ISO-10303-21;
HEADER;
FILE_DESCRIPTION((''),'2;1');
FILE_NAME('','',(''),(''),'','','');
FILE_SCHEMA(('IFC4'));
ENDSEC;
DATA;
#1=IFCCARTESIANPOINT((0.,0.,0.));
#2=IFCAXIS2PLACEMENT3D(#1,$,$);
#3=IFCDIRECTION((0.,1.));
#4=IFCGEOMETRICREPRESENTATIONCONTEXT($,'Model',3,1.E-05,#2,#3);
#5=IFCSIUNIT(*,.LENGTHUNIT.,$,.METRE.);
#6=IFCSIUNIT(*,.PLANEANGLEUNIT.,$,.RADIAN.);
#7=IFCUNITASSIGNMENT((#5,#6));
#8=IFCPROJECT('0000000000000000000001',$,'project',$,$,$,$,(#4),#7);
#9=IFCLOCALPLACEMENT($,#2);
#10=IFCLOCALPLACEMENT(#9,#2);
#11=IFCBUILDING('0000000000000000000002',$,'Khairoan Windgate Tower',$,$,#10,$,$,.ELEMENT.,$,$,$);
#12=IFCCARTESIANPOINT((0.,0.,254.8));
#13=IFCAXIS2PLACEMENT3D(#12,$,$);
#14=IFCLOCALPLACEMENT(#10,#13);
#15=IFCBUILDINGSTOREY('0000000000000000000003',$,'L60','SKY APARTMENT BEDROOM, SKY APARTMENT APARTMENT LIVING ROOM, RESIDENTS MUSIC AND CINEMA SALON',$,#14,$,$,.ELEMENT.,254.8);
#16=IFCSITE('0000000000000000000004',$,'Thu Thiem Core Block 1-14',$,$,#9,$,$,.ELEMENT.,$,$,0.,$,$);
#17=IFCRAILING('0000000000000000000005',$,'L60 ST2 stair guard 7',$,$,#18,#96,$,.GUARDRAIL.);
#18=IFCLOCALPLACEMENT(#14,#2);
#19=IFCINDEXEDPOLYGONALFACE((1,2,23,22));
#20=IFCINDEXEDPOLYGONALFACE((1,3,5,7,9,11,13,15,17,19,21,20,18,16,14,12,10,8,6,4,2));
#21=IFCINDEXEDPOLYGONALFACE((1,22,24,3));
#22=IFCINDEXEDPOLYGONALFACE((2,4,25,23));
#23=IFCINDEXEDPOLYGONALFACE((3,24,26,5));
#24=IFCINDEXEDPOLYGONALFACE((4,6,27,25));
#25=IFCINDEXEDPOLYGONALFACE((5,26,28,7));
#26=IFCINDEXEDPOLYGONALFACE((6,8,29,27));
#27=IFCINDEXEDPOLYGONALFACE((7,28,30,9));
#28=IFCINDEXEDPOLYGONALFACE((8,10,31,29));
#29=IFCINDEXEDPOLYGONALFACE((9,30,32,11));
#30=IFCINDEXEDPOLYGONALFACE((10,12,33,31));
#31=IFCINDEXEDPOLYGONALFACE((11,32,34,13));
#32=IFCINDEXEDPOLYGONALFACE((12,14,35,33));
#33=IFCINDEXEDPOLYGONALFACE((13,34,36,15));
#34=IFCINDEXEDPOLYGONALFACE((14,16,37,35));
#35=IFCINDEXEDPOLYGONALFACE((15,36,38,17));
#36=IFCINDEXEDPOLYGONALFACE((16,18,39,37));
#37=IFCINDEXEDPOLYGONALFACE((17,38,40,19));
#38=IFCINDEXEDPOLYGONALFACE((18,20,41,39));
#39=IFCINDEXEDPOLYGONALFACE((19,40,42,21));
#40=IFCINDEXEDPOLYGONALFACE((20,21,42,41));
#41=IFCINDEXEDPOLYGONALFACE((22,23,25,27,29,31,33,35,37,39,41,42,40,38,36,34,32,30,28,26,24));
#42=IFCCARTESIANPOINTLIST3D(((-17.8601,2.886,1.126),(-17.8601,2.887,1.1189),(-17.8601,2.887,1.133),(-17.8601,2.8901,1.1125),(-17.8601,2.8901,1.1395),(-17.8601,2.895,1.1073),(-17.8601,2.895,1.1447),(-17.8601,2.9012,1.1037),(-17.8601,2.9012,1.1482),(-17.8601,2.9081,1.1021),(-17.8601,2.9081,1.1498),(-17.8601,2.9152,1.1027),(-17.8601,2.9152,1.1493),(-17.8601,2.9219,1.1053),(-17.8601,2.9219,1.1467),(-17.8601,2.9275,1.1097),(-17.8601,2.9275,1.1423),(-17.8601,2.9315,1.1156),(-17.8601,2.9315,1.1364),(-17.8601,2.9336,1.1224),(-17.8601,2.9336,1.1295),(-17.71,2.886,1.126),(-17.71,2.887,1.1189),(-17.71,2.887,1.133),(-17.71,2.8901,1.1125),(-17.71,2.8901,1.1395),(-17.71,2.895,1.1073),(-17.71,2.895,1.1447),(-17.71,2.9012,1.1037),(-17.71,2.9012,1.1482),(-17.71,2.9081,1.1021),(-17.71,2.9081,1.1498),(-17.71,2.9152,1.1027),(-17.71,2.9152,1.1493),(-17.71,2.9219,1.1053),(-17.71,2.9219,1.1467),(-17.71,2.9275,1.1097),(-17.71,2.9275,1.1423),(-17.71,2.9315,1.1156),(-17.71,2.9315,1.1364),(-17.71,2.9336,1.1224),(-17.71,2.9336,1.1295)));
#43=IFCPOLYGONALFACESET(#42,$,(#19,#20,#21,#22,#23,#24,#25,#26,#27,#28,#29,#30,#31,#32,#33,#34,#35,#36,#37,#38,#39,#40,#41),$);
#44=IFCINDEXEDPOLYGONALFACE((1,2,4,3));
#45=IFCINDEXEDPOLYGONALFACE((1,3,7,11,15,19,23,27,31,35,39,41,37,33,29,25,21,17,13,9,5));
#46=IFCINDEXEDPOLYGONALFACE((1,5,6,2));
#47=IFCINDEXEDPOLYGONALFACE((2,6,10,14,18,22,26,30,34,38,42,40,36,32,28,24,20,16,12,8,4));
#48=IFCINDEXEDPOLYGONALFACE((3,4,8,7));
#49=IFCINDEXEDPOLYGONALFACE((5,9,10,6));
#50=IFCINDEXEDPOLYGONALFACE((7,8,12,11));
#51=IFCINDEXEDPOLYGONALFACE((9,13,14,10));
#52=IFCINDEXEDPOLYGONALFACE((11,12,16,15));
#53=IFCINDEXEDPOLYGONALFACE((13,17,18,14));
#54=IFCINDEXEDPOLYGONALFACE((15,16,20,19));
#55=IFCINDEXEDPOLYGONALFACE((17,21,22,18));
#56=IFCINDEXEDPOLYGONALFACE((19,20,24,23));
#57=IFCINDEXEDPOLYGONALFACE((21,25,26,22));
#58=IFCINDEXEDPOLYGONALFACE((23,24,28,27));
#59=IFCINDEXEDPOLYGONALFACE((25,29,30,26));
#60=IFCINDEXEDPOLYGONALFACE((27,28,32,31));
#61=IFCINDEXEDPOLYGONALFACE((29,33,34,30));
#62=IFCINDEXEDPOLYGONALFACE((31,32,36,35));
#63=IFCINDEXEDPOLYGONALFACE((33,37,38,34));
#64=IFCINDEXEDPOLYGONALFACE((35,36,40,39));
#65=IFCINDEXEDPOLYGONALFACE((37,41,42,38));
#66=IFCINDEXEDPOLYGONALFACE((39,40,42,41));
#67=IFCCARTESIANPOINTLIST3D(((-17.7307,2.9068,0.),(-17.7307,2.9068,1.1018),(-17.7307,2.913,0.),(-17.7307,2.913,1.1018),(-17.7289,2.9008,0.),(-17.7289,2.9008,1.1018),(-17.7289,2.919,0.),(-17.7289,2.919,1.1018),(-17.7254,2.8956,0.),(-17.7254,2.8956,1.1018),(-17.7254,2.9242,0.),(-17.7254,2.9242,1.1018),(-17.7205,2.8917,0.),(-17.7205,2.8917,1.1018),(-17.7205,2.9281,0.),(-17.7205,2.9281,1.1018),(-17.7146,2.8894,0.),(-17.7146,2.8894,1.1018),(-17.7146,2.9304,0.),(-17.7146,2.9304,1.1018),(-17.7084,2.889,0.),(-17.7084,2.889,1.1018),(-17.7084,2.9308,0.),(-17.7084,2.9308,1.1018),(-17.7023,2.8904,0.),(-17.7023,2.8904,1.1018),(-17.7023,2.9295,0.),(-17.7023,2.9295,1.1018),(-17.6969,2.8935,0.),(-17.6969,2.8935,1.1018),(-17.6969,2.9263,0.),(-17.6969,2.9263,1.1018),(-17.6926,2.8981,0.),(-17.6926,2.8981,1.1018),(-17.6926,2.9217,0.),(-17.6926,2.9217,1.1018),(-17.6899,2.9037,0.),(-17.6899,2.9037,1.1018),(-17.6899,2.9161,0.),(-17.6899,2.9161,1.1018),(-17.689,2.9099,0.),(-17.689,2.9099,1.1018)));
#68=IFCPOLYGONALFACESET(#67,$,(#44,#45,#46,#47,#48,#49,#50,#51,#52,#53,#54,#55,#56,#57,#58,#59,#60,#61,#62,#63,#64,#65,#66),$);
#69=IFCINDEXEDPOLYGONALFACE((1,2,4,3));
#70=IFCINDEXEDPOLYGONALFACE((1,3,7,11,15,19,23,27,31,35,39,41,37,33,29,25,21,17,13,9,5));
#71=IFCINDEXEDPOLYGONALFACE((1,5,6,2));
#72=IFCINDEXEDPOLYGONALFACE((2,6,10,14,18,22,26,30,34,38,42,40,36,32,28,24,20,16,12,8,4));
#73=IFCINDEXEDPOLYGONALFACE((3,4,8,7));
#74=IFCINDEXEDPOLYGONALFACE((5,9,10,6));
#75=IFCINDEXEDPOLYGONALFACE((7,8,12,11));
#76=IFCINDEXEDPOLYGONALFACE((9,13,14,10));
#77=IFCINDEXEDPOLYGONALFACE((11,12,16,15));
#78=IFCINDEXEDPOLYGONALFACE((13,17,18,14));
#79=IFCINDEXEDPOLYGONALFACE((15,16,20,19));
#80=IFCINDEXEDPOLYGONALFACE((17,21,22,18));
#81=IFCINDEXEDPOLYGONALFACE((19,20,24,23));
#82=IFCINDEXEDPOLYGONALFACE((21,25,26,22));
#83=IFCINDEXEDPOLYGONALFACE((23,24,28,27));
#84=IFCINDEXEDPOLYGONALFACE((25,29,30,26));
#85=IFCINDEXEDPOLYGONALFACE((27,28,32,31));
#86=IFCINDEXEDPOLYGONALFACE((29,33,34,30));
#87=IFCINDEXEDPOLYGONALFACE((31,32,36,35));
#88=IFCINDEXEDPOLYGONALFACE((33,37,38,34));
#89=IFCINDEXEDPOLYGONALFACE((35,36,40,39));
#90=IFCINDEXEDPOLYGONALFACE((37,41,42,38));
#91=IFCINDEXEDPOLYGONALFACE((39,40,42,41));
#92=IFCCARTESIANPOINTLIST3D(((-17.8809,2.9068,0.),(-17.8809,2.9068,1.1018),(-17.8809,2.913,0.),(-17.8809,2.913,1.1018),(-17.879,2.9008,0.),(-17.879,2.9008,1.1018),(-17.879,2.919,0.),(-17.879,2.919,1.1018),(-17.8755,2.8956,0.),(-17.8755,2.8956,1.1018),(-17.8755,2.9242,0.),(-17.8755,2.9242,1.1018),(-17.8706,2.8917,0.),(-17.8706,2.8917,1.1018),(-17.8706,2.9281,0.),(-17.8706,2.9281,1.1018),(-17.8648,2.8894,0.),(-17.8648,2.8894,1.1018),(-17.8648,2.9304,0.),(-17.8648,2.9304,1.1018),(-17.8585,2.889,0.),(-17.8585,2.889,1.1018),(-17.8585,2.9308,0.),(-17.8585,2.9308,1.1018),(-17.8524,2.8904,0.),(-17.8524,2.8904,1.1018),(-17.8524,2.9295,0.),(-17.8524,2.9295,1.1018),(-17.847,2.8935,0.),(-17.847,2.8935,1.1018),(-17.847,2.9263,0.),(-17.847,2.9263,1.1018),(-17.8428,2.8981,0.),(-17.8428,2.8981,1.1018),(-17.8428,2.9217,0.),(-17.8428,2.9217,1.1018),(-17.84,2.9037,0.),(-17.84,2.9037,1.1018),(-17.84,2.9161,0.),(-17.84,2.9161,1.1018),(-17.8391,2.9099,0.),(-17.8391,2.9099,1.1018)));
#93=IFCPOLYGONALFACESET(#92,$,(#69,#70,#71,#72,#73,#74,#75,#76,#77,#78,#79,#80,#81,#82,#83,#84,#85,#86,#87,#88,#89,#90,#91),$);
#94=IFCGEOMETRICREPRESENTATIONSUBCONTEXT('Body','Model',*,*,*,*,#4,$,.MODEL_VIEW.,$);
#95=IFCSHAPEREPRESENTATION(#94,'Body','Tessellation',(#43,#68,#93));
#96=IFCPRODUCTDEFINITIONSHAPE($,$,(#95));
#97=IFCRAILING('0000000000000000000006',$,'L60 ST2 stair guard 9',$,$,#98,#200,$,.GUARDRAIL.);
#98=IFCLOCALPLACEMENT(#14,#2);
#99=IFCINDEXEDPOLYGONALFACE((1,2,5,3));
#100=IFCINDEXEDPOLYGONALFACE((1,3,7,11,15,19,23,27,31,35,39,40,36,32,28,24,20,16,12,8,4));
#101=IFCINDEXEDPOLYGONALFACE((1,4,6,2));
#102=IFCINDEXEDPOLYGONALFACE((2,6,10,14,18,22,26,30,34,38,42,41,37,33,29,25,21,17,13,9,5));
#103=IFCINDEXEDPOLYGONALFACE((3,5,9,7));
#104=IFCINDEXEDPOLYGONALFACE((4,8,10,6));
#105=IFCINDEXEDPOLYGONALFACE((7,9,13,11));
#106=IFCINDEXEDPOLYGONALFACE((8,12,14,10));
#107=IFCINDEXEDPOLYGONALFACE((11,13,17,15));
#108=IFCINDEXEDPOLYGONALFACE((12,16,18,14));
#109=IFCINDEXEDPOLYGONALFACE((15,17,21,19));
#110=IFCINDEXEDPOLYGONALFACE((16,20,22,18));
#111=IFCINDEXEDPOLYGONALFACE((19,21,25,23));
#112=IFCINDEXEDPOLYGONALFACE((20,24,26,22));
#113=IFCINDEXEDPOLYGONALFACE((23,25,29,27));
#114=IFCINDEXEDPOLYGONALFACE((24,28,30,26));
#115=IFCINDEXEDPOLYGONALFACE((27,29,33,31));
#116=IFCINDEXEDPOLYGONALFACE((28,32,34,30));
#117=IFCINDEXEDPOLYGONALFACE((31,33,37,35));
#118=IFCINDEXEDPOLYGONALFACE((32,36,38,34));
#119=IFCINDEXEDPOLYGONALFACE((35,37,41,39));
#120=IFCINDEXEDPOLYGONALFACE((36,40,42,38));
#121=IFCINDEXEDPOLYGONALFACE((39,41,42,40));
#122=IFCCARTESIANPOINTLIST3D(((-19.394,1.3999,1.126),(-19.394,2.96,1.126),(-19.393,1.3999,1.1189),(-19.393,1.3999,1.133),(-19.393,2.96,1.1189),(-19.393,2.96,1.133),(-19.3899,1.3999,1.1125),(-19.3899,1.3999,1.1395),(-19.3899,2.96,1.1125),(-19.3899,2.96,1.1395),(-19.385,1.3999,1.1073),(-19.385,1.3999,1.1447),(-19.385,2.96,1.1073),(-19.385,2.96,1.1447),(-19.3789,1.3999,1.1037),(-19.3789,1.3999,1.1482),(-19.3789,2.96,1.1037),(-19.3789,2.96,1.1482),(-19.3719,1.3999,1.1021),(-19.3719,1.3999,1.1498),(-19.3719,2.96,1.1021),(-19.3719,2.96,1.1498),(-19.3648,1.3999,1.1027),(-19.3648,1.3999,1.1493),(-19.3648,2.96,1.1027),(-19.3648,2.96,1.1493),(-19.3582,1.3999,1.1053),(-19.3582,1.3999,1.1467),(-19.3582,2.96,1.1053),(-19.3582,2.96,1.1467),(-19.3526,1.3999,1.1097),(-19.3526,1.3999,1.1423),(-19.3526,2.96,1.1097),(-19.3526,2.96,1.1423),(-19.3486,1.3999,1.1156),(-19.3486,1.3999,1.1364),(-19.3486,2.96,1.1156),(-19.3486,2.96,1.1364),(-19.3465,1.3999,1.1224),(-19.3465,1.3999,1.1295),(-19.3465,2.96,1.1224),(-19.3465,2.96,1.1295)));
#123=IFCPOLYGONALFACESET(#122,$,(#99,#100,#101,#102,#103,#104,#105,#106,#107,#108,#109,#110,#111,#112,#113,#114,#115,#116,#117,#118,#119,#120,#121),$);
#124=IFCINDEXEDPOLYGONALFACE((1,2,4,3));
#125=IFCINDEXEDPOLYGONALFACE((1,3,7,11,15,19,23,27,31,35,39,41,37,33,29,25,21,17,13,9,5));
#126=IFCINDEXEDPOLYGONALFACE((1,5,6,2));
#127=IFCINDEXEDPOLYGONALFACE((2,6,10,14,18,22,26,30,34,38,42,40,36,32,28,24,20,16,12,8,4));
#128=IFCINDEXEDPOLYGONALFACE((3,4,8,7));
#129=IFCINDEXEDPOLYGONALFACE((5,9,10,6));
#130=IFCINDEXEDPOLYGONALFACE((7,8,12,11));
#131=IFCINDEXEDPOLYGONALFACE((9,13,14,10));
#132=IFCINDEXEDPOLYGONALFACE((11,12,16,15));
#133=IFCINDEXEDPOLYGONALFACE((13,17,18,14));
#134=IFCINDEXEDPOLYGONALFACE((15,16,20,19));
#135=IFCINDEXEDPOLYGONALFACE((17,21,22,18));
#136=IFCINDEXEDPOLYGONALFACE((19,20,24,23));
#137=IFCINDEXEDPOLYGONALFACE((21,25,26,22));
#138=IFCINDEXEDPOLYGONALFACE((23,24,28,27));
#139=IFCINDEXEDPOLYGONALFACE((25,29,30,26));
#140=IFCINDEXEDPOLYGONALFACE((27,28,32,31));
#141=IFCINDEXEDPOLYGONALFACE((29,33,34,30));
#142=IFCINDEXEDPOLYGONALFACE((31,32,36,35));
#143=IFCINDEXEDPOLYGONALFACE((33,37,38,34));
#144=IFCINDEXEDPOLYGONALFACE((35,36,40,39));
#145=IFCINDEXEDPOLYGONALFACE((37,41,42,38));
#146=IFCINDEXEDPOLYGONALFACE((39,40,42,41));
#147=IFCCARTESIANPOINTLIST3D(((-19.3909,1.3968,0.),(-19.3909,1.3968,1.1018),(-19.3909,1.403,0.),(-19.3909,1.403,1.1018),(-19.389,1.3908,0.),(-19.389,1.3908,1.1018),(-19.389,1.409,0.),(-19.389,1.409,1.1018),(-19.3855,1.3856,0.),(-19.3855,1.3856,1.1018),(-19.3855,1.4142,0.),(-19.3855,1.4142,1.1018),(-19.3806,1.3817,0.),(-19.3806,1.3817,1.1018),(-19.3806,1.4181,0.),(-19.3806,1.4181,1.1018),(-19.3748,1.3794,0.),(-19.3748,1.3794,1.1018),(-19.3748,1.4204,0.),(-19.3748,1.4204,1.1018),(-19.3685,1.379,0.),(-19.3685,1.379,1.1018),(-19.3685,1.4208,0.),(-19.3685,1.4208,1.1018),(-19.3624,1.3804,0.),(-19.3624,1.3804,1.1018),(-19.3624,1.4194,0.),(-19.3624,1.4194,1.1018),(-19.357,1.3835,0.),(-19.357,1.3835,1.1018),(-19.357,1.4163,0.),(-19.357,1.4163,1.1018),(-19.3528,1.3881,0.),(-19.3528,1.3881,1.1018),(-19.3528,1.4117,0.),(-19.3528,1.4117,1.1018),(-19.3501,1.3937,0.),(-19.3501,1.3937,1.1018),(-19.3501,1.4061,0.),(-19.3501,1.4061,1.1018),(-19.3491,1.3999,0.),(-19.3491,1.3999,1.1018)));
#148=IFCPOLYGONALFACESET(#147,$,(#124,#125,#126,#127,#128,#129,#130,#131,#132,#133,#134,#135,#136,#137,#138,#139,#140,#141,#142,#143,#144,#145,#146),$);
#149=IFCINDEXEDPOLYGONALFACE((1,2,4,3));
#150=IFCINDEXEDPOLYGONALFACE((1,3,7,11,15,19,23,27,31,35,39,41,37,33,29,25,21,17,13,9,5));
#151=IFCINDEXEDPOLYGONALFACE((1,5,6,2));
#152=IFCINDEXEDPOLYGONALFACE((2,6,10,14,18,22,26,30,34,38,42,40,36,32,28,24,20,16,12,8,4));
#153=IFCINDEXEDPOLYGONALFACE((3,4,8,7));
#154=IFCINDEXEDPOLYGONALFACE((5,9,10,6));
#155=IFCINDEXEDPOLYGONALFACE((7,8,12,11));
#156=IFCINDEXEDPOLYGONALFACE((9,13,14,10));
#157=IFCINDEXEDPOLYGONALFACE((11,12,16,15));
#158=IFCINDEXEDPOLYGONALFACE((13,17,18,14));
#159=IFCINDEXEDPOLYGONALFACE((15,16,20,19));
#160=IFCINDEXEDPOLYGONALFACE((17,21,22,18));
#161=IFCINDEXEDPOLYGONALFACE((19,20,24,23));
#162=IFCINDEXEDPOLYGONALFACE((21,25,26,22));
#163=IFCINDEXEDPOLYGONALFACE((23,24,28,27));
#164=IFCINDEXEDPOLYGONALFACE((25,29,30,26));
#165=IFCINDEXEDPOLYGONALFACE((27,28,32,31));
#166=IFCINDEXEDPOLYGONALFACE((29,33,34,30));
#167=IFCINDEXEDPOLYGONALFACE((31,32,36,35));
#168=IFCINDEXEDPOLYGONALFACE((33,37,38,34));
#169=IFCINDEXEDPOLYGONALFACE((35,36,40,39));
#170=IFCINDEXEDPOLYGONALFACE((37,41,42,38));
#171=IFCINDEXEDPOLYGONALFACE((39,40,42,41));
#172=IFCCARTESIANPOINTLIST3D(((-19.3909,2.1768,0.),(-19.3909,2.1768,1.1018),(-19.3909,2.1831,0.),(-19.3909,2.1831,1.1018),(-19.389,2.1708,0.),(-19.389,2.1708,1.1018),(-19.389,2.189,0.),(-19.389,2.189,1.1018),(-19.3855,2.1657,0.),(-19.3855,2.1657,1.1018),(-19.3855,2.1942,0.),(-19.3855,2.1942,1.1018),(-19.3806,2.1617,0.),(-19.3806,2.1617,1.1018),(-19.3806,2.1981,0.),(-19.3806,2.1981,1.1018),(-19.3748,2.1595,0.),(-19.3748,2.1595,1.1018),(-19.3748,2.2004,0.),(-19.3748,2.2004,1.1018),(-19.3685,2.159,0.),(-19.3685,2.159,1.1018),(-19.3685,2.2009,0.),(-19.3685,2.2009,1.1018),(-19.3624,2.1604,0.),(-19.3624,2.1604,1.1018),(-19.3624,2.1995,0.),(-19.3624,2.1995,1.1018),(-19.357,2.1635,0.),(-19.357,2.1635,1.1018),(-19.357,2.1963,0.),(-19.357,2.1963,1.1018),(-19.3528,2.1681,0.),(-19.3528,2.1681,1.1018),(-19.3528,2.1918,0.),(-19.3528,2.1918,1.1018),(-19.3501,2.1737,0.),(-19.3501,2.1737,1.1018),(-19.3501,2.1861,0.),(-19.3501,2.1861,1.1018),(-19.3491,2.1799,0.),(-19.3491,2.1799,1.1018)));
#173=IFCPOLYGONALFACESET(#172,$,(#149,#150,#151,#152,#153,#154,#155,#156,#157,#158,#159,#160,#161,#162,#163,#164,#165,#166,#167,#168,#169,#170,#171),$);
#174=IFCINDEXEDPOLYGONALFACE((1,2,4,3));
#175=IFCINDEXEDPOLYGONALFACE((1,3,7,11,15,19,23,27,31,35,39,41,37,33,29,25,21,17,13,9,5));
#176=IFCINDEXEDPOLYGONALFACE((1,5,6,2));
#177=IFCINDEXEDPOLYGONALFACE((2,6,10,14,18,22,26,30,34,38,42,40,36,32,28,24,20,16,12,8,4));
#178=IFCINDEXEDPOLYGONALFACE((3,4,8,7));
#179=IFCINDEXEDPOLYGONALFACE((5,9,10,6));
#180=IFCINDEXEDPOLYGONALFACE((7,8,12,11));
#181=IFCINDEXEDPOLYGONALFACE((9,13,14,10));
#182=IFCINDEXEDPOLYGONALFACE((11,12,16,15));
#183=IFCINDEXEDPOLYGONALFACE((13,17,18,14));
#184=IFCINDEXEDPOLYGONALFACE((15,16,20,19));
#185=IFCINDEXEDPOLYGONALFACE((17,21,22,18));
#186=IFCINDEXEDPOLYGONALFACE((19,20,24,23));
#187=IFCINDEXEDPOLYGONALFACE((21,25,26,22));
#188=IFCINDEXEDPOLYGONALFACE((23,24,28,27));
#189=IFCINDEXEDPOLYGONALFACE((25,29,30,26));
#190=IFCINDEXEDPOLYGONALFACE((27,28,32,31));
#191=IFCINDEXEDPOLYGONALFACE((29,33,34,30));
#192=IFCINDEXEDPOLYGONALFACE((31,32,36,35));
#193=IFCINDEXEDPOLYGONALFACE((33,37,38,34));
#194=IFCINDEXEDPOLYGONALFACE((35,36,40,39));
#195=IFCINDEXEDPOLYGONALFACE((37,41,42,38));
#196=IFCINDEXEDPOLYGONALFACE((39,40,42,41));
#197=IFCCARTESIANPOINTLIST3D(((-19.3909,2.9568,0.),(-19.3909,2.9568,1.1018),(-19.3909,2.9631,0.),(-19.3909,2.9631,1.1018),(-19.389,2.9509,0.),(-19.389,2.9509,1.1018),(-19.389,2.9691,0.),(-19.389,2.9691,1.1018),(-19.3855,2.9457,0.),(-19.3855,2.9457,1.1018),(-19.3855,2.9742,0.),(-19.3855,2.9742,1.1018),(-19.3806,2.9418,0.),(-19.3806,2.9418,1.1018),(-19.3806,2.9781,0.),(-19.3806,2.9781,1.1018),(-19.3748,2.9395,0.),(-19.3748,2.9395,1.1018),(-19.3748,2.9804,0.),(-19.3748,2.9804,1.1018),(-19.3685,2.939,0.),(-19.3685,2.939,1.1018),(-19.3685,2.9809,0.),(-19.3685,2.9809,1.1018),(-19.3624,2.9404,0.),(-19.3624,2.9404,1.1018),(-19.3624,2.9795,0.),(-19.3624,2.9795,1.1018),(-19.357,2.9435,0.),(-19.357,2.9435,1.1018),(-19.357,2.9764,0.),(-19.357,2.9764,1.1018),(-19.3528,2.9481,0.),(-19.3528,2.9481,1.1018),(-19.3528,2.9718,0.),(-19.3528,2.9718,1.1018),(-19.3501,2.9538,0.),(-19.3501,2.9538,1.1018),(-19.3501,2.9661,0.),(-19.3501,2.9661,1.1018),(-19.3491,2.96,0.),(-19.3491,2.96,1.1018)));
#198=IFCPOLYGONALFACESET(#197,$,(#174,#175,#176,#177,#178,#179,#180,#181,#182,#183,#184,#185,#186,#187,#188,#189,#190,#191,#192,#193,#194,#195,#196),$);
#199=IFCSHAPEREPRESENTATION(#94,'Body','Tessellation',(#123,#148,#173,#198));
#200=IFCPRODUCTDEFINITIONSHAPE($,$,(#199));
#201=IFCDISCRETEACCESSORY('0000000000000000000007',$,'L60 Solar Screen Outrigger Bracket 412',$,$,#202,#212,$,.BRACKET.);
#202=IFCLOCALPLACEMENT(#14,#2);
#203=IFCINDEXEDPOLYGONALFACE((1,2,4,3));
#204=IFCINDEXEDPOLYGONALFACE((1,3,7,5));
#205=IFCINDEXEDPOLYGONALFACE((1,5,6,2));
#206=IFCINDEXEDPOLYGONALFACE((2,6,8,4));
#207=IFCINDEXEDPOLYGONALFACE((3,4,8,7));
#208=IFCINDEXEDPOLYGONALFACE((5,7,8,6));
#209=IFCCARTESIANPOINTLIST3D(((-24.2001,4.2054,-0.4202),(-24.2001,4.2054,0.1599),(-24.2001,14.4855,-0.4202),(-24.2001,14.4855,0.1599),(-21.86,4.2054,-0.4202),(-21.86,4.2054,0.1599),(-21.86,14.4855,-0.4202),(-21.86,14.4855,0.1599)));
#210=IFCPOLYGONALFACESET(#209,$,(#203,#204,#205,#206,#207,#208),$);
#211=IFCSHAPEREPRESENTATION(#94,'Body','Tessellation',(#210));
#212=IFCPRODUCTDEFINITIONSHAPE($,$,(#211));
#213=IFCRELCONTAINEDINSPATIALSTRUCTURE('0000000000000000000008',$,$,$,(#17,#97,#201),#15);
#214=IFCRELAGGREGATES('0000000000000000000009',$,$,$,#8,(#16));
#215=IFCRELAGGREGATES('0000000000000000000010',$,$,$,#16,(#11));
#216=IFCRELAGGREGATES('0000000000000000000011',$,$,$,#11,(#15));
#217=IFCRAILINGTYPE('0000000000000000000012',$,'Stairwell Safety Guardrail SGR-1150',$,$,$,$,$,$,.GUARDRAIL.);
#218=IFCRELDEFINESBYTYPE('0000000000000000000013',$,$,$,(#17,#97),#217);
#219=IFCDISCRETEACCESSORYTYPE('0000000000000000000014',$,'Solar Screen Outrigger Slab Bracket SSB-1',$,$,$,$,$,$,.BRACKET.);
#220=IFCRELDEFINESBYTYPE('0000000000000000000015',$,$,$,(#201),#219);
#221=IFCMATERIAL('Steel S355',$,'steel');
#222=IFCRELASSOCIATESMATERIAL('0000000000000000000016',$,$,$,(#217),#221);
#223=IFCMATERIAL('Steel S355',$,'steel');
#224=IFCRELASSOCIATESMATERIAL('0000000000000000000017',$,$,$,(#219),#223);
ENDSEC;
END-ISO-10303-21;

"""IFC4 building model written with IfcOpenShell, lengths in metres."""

from ifc_helpers import new_model, si_unit, direction, frame, origin, origin_2d, place, context, subcontext, project, spatial, rectangle, circle, extrude, material, type_object, element, save


model = new_model("IFC4")

# Units and contexts
model_context = context("Model", 3, precision=1e-05, world=origin(), true_north=direction((0.0, 1.0)))
body_context = subcontext(model_context, "Body", "Model", "MODEL_VIEW")
ifc_project = project(units=[si_unit("LENGTHUNIT", "METRE"), si_unit("PLANEANGLEUNIT", "RADIAN")], contexts=[model_context])

# Site, building, storey
site_placement = place(None, origin())
site = spatial("IfcSite", under=ifc_project, at=site_placement, Name="Thu Thiem Core Block 1-14", CompositionType="ELEMENT", RefElevation=0.0)
building_placement = place(site_placement, origin())
building = spatial("IfcBuilding", under=site, at=building_placement, Name="Khairoan Windgate Tower", CompositionType="ELEMENT")
storey_placement = place(building_placement, frame((0.0, 0.0, 254.8)))
storey = spatial("IfcBuildingStorey", under=building, at=storey_placement, Name="L60", Description="SKY APARTMENT BEDROOM, SKY APARTMENT APARTMENT LIVING ROOM, RESIDENTS MUSIC AND CINEMA SALON", CompositionType="ELEMENT", Elevation=254.8)

# Railings
ifc_material_1 = material(Name="Steel S355", Category="steel")
railing_type_1 = type_object("IfcRailingType", Name="Stairwell Safety Guardrail SGR-1150", PredefinedType="GUARDRAIL", material=ifc_material_1)
railing_1_placement = place(storey_placement, frame((-17.71, 2.9099, 0.0)))
element("IfcRailing", 1, at=railing_1_placement, inside=storey, type_object=railing_type_1, Name="L60 ST2 stair guard 7", PredefinedType="GUARDRAIL", context=body_context, shape_type="SweptSolid", body=[
    extrude(circle(Radius=0.0239, at=origin_2d()), frame((0.0, 0.0, 1.126), z_axis=(-1.0, 0.0, 0.0), x_axis=(0.0, -1.0, 0.0)), (0.0, 0.0, 1.0), 0.1501),
    extrude(circle(Radius=0.021, at=origin_2d()), origin(), (0.0, 0.0, 1.0), 1.1018),
    extrude(circle(Radius=0.021, at=origin_2d()), frame((-0.1501, 0.0, 0.0)), (0.0, 0.0, 1.0), 1.1018),
])
railing_2_placement = place(storey_placement, frame((-19.3701, 1.3999, 0.0)))
element("IfcRailing", 2, at=railing_2_placement, inside=storey, type_object=railing_type_1, Name="L60 ST2 stair guard 9", PredefinedType="GUARDRAIL", context=body_context, shape_type="SweptSolid", body=[
    extrude(circle(Radius=0.0239, at=origin_2d()), frame((0.0, 0.0, 1.126), z_axis=(0.0, 1.0, 0.0), x_axis=(-1.0, 0.0, 0.0)), (0.0, 0.0, 1.0), 1.5601),
    extrude(circle(Radius=0.021, at=origin_2d()), origin(), (0.0, 0.0, 1.0), 1.1018),
    extrude(circle(Radius=0.021, at=origin_2d()), frame((0.0, 0.78, 0.0)), (0.0, 0.0, 1.0), 1.1018),
    extrude(circle(Radius=0.021, at=origin_2d()), frame((0.0, 1.5601, 0.0)), (0.0, 0.0, 1.0), 1.1018),
])

# Discrete accessory
ifc_material_2 = material(Name="Steel S355", Category="steel")
discrete_accessory_type = type_object("IfcDiscreteAccessoryType", Name="Solar Screen Outrigger Slab Bracket SSB-1", PredefinedType="BRACKET", material=ifc_material_2)
discrete_accessory_placement = place(storey_placement, frame((-23.03, 9.3455, -0.4202), z_axis=(0.0, 0.0, 1.0), x_axis=(0.0, 1.0, 0.0)))
element("IfcDiscreteAccessory", 3, at=discrete_accessory_placement, inside=storey, type_object=discrete_accessory_type, Name="L60 Solar Screen Outrigger Bracket 412", PredefinedType="BRACKET", context=body_context, shape_type="SweptSolid", body=[
    extrude(rectangle(XDim=10.28, YDim=2.3401, at=origin_2d()), origin(), (0.0, 0.0, 1.0), 0.5801),
])

save(model, "model.ifc")
